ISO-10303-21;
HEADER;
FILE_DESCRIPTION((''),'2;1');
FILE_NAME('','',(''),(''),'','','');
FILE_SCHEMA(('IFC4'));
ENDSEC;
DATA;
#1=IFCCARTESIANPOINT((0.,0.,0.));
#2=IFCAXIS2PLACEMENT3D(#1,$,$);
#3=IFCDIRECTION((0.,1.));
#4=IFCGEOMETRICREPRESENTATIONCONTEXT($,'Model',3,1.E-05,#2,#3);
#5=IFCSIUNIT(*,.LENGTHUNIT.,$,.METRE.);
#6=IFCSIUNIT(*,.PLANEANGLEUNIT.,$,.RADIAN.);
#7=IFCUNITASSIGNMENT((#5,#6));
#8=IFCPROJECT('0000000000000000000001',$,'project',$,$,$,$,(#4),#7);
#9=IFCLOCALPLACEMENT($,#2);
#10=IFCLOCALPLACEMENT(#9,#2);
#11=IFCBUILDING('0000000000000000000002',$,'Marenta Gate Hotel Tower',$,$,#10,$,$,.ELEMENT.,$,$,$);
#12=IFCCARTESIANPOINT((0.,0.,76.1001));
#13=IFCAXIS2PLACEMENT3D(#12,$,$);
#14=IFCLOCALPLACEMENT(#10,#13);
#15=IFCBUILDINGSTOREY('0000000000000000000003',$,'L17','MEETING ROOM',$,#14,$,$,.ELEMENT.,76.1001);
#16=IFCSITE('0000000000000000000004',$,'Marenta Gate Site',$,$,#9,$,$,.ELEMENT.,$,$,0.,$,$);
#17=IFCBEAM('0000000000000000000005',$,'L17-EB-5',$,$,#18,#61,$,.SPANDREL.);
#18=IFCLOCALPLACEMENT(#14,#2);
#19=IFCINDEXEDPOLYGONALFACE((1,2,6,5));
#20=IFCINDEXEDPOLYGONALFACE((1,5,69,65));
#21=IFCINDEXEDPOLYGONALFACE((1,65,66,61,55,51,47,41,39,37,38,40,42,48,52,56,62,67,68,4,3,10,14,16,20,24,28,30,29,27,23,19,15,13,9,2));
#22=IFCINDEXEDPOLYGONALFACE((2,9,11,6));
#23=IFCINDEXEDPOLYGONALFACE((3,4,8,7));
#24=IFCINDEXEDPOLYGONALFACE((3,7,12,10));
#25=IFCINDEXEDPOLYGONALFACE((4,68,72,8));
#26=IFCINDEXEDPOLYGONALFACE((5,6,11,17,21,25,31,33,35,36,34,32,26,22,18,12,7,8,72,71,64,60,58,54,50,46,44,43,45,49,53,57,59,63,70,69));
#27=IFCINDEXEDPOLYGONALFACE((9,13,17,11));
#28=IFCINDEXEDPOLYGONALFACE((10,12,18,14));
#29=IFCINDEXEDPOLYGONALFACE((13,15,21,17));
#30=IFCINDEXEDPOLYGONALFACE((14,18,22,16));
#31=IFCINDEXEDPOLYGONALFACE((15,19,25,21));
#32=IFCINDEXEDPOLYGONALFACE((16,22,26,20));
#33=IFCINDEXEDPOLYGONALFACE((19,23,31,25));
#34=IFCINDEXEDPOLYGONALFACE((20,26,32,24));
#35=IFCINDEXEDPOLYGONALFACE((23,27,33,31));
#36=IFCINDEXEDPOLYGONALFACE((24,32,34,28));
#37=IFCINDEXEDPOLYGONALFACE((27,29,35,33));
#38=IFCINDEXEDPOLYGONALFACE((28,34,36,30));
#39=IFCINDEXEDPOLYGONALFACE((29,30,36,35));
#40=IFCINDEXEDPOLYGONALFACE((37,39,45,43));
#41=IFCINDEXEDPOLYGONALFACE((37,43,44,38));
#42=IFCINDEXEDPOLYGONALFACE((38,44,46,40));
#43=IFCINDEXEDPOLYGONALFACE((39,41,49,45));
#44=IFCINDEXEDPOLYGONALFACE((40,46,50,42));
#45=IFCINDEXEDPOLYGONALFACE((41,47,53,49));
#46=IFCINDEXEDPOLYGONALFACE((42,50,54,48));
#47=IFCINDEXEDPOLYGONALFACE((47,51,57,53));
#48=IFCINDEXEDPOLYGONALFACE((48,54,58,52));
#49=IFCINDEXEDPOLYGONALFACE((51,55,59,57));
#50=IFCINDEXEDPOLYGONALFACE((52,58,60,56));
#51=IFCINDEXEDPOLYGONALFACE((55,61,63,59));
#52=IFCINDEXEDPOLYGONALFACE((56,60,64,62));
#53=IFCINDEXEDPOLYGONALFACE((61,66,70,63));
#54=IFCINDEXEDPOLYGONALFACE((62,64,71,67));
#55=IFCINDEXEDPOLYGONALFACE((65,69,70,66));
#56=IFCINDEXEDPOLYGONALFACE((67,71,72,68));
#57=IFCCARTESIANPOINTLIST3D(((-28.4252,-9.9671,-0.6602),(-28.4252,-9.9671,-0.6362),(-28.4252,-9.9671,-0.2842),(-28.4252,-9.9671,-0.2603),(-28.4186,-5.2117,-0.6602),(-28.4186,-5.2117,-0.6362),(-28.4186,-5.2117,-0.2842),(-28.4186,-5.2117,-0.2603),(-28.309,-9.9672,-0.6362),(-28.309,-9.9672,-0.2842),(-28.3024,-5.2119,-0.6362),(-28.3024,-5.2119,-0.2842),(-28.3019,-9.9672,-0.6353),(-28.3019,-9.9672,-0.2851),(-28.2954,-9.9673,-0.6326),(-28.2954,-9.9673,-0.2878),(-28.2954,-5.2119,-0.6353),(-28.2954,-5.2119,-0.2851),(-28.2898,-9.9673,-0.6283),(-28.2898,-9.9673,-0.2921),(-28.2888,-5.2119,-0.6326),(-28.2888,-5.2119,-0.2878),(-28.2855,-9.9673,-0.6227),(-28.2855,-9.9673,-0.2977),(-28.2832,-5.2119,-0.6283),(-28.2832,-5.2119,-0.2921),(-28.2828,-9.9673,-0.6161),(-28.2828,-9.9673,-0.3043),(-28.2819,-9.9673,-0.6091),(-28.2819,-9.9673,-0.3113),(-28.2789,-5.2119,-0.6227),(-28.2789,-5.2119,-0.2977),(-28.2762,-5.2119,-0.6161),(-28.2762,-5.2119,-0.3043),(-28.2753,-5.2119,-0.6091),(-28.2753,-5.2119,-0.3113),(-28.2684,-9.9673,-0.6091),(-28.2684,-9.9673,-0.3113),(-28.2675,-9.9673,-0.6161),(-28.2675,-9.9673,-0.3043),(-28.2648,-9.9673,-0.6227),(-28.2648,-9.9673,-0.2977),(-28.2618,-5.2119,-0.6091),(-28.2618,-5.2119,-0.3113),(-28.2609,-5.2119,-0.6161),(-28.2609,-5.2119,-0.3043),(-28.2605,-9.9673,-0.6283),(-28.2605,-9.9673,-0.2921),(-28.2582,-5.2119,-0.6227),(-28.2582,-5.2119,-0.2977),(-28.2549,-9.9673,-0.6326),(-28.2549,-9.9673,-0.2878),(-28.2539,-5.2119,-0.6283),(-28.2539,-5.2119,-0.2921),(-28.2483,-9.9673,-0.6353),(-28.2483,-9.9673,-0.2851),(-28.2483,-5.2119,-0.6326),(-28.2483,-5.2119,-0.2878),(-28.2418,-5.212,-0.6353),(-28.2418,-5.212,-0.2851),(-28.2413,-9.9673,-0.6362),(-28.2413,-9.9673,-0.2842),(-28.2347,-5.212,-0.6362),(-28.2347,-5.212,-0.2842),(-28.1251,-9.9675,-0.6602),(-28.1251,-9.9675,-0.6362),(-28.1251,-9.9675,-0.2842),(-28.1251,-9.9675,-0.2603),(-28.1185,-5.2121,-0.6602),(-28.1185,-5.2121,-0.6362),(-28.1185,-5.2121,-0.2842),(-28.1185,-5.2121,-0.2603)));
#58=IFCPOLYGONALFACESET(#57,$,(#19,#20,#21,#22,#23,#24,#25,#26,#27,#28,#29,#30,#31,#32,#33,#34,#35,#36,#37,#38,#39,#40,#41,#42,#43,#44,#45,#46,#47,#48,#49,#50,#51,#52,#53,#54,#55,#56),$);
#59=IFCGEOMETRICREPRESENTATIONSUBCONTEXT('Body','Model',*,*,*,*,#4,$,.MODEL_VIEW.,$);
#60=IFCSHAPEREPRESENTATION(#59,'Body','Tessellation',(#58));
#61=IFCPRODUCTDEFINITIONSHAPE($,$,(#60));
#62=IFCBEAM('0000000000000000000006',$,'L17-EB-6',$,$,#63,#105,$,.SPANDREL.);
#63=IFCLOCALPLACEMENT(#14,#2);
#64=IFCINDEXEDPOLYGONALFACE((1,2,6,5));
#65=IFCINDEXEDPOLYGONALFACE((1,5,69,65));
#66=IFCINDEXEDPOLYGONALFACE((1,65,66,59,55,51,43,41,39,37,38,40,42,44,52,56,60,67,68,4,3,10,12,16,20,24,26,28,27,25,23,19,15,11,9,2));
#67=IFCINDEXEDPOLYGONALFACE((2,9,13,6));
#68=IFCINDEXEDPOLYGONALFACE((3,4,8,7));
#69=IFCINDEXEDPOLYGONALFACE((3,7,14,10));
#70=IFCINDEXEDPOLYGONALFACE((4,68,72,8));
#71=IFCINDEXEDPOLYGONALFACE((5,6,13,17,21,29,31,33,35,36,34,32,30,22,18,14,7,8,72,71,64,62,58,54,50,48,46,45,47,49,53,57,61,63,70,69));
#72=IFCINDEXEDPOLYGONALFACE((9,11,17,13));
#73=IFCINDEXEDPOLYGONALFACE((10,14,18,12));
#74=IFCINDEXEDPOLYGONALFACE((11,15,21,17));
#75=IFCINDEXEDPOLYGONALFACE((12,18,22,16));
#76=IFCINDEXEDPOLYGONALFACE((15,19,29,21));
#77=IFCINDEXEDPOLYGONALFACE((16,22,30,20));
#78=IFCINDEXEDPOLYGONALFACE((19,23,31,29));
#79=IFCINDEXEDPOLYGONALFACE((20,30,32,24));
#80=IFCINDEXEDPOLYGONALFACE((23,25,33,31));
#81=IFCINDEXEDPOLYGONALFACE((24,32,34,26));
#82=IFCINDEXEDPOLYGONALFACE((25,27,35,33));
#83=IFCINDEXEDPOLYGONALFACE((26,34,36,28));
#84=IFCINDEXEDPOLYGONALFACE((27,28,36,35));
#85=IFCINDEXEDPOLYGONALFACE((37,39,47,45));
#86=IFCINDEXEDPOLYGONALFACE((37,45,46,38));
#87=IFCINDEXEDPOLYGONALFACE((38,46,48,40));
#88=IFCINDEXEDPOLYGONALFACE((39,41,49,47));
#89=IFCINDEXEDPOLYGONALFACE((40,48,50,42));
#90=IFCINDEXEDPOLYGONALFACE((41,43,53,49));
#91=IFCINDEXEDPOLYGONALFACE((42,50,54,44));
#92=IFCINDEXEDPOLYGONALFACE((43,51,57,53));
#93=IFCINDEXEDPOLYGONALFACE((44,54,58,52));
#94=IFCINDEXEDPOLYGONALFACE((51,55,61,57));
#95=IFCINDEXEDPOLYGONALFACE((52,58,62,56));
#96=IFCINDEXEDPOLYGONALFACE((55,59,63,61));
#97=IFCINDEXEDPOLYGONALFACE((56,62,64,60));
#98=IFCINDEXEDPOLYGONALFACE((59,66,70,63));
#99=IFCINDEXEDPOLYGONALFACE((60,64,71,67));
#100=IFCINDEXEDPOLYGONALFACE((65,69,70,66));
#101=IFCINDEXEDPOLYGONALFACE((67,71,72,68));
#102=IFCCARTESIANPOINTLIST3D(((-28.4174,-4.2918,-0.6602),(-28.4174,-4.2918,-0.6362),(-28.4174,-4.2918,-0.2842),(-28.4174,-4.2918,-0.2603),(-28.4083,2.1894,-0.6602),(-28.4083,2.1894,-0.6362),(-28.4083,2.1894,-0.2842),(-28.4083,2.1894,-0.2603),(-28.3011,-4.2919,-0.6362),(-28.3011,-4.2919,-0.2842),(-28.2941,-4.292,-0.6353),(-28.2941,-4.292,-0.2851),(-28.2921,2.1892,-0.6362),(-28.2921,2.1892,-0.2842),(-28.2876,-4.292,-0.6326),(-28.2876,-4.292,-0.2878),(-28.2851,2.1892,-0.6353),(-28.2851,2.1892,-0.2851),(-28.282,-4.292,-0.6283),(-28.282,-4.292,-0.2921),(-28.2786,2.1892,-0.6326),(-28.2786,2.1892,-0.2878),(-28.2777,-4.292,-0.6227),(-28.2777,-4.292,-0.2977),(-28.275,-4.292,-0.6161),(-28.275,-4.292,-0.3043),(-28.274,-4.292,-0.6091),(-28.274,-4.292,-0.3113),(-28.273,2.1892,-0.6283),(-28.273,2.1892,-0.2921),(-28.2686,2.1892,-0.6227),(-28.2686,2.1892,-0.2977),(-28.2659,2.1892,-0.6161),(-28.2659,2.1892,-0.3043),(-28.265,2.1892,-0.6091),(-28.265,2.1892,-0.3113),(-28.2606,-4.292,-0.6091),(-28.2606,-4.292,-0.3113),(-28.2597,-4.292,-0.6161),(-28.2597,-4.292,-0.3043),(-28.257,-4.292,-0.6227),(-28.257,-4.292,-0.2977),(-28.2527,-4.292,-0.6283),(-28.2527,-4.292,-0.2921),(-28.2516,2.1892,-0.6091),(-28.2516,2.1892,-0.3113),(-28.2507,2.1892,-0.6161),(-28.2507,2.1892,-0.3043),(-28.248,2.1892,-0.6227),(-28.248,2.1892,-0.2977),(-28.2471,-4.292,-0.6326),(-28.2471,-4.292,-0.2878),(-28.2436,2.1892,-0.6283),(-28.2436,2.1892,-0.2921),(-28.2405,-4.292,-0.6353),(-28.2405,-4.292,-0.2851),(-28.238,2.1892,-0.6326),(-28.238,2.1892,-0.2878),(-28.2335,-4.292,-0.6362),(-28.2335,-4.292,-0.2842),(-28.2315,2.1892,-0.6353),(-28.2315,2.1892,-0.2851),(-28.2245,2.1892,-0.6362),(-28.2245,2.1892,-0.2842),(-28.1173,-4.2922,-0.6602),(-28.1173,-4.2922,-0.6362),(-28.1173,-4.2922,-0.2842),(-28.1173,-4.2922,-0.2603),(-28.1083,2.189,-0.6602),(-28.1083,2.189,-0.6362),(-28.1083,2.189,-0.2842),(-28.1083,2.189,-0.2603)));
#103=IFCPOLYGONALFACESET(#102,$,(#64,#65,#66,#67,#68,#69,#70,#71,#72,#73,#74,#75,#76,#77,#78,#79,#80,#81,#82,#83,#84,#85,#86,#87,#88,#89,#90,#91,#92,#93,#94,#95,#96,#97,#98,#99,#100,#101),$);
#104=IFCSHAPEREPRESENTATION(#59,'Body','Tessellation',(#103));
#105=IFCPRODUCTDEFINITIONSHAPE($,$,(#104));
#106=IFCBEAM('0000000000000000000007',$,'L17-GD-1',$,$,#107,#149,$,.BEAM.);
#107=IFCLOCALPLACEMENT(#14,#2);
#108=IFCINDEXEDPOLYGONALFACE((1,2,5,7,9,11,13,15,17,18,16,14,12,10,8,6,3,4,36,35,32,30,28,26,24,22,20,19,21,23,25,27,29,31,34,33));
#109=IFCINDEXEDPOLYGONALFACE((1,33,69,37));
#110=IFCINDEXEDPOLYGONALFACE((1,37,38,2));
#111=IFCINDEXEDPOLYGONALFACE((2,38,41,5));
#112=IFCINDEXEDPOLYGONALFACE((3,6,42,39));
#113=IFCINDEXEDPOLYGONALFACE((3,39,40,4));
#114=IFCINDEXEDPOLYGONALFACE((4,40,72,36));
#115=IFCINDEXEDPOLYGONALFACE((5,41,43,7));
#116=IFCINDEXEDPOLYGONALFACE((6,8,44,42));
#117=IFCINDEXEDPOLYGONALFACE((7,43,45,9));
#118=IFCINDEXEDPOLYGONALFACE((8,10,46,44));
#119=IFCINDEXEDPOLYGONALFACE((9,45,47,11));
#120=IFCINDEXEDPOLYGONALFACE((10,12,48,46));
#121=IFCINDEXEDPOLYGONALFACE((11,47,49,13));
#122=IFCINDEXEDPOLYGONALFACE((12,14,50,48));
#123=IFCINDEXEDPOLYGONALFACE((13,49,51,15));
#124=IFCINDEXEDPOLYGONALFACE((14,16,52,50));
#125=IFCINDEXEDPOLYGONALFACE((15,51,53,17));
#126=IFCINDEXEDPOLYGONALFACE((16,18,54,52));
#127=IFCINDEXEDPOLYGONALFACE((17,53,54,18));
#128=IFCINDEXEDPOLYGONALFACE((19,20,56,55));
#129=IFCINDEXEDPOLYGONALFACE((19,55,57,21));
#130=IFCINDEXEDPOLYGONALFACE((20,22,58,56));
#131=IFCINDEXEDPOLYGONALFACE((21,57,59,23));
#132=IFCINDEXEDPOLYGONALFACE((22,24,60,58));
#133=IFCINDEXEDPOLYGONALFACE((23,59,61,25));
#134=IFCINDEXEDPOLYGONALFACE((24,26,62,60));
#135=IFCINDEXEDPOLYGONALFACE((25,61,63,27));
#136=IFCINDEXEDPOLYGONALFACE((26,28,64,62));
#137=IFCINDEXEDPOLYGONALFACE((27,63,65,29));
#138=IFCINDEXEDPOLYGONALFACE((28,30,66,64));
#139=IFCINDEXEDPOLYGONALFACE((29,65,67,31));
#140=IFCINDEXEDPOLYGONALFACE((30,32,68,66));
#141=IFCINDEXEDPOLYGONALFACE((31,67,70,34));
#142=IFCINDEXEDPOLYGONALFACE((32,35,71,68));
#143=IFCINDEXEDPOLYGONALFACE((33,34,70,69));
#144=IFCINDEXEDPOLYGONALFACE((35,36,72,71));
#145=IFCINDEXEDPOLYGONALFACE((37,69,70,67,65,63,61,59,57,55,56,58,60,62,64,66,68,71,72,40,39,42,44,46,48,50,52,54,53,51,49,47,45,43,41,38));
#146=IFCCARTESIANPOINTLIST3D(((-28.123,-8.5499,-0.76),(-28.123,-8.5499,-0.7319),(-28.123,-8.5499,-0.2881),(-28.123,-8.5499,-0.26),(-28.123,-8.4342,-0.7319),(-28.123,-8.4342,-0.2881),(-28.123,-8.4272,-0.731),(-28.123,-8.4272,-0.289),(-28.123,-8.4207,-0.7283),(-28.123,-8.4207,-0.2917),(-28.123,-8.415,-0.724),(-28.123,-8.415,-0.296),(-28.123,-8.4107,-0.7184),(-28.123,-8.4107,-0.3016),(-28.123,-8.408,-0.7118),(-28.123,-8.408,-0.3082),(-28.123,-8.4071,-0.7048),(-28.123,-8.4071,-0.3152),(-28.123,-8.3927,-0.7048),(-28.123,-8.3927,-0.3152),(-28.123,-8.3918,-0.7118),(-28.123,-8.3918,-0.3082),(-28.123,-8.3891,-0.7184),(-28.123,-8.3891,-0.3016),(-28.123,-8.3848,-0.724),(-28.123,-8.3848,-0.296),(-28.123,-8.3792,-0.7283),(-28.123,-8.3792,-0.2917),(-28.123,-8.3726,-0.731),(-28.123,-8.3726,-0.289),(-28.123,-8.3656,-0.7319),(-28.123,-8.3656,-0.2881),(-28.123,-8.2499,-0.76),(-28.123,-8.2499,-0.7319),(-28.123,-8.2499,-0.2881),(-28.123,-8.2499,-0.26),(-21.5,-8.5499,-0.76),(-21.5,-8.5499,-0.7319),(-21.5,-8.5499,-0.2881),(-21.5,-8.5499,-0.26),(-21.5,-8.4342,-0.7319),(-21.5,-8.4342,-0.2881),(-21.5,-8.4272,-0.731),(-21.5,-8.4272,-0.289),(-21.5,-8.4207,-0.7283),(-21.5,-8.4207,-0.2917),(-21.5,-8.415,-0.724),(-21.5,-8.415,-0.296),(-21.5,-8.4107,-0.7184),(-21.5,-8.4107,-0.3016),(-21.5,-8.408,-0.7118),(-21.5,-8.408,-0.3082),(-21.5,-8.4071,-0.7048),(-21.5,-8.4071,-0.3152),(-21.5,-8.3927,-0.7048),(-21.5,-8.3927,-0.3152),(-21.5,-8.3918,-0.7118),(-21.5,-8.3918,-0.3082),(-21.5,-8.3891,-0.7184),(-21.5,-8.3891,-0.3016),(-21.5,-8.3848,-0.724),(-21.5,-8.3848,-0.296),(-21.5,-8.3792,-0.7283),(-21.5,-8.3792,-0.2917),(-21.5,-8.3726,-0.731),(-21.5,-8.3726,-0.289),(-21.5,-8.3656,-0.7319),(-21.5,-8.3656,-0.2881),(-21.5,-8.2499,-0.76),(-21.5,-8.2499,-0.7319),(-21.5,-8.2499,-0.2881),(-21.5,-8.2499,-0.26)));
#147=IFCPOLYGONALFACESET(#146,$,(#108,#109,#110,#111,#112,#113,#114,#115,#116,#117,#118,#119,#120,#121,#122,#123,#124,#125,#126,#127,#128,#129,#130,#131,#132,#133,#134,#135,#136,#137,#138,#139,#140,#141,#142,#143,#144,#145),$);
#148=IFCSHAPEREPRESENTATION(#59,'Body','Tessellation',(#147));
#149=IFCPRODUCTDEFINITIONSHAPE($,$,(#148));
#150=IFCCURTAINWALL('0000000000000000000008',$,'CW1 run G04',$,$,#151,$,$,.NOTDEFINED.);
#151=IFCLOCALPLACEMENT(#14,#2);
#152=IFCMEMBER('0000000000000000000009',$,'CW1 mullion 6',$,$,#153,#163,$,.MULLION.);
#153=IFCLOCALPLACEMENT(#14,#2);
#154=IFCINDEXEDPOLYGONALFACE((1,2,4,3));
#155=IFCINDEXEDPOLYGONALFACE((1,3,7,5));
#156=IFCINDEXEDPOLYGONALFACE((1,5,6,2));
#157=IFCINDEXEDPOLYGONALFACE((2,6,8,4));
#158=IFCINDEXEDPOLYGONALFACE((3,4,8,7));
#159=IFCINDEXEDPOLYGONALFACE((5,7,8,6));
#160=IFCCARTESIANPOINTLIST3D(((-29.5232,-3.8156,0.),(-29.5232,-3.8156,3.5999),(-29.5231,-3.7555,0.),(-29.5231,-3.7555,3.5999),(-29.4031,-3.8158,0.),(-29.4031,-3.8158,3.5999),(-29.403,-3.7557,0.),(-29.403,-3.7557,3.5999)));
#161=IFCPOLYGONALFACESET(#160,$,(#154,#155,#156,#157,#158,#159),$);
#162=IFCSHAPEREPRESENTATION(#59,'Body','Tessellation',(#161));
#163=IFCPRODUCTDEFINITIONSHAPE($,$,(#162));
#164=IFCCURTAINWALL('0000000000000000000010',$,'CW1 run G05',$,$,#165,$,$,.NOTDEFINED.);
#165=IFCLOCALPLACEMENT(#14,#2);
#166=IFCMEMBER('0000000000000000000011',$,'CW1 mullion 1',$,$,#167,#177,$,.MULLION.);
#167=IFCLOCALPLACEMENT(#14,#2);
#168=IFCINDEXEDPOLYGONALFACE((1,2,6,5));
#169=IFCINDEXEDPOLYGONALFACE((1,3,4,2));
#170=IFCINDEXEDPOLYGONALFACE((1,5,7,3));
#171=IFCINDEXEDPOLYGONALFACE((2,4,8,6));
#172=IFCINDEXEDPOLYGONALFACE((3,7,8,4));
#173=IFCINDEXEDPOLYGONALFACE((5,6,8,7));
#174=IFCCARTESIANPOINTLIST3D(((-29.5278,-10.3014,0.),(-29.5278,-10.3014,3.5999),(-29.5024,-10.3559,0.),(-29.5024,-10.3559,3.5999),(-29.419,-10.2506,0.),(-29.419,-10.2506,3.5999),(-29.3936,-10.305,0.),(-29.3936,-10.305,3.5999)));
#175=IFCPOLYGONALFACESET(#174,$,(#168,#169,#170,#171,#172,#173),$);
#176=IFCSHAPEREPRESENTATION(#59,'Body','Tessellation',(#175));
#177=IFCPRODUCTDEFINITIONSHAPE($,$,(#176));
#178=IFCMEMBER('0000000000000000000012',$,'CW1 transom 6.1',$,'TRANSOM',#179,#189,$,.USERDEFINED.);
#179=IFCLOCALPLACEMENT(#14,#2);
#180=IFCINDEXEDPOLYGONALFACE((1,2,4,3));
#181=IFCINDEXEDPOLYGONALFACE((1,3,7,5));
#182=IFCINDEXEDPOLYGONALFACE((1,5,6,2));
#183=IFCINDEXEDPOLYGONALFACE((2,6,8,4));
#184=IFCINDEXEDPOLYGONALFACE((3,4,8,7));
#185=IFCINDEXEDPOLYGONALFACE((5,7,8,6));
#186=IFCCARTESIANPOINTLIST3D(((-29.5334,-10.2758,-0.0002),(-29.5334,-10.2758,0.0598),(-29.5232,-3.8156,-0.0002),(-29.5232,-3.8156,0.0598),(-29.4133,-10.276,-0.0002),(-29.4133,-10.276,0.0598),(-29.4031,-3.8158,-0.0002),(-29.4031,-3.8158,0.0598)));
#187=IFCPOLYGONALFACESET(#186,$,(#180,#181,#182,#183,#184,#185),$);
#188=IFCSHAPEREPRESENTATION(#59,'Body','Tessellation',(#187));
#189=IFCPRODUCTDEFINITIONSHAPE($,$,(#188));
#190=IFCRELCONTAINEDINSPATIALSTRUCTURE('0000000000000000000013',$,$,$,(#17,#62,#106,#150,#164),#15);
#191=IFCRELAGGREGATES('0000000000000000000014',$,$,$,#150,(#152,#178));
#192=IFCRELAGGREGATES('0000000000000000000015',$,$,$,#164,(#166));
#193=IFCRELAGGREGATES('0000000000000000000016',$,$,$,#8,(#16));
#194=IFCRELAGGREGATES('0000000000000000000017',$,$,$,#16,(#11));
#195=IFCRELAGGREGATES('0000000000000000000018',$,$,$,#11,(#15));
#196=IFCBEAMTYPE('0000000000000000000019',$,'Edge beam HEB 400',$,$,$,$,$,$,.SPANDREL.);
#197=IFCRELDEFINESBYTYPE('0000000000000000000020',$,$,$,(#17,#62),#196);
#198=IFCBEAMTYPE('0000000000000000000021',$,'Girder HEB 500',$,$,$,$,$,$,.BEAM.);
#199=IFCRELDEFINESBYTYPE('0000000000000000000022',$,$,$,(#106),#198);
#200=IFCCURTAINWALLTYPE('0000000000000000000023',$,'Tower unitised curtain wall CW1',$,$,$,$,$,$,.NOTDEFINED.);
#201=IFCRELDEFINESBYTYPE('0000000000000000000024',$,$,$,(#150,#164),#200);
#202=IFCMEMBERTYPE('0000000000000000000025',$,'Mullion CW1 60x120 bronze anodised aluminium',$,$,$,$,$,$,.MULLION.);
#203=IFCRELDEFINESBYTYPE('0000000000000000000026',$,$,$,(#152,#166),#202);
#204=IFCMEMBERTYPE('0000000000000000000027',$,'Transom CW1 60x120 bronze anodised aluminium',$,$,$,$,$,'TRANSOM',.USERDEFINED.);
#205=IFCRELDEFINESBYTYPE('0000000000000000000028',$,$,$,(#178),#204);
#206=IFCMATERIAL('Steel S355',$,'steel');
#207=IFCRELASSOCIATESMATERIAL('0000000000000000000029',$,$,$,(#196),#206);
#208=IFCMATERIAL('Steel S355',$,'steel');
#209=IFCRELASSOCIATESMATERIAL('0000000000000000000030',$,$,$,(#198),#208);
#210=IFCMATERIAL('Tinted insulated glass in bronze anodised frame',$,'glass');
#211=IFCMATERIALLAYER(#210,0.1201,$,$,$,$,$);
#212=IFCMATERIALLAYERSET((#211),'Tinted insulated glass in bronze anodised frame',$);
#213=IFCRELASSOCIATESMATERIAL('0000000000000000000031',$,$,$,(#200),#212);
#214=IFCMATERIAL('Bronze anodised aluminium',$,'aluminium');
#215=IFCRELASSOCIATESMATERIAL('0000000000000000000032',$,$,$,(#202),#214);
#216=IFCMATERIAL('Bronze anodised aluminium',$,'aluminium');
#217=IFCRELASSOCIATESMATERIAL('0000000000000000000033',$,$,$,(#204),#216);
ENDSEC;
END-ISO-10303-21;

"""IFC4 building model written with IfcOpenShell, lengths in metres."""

from ifc_helpers import new_model, si_unit, direction, frame, origin, origin_2d, place, context, subcontext, project, spatial, rectangle, i_section, extrude, material, layer, layer_set, material_profile, profile_set, type_object, element, aggregate, save


model = new_model("IFC4")

# Units and contexts
model_context = context("Model", 3, precision=1e-05, world=origin(), true_north=direction((0.0, 1.0)))
body_context = subcontext(model_context, "Body", "Model", "MODEL_VIEW")
ifc_project = project(units=[si_unit("LENGTHUNIT", "METRE"), si_unit("PLANEANGLEUNIT", "RADIAN")], contexts=[model_context])

# Site, building, storey
site_placement = place(None, origin())
site = spatial("IfcSite", under=ifc_project, at=site_placement, Name="Marenta Gate Site", CompositionType="ELEMENT", RefElevation=0.0)
building_placement = place(site_placement, origin())
building = spatial("IfcBuilding", under=site, at=building_placement, Name="Marenta Gate Hotel Tower", CompositionType="ELEMENT")
storey_placement = place(building_placement, frame((0.0, 0.0, 76.1001)))
storey = spatial("IfcBuildingStorey", under=building, at=storey_placement, Name="L17", Description="MEETING ROOM", CompositionType="ELEMENT", Elevation=76.1001)

# Beams
ifc_material_1 = material(Name="Steel S355", Category="steel")
ifc_material_profile_1 = material_profile(ifc_material_1, i_section(OverallWidth=0.3, OverallDepth=0.3999, WebThickness=0.0134, FlangeThickness=0.0239, FilletRadius=0.0271, at=origin_2d()), Name="HEB 400")
ifc_profile_set_1 = profile_set([ifc_material_profile_1], Name="Steel S355")
beam_type_1 = type_object("IfcBeamType", Name="Edge beam HEB 400", PredefinedType="SPANDREL", material=ifc_profile_set_1)
beam_1_placement = place(storey_placement, frame((-28.2751, -9.9673, -0.4602), z_axis=(0.001386, 0.999999, 0.0), x_axis=(-0.999999, 0.001386, 0.0)))
element("IfcBeam", 1, at=beam_1_placement, inside=storey, type_object=beam_type_1, Name="L17-EB-5", PredefinedType="SPANDREL", context=body_context, shape_type="SweptSolid", body=[
    extrude(i_section(OverallWidth=0.3, OverallDepth=0.3999, WebThickness=0.0134, FlangeThickness=0.0239, FilletRadius=0.0271, at=origin_2d()), origin(), (0.0, 0.0, 1.0), 4.7554),
])
beam_2_placement = place(storey_placement, frame((-28.2673, -4.292, -0.4602), z_axis=(0.001394, 0.999999, 0.0), x_axis=(-0.999999, 0.001394, 0.0)))
element("IfcBeam", 2, at=beam_2_placement, inside=storey, type_object=beam_type_1, Name="L17-EB-6", PredefinedType="SPANDREL", context=body_context, shape_type="SweptSolid", body=[
    extrude(i_section(OverallWidth=0.3, OverallDepth=0.3999, WebThickness=0.0134, FlangeThickness=0.0239, FilletRadius=0.0271, at=origin_2d()), origin(), (0.0, 0.0, 1.0), 6.4812),
])
ifc_material_2 = material(Name="Steel S355", Category="steel")
ifc_material_profile_2 = material_profile(ifc_material_2, i_section(OverallWidth=0.3, OverallDepth=0.5, WebThickness=0.0144, FlangeThickness=0.0281, FilletRadius=0.0271, at=origin_2d()), Name="HEB 500")
ifc_profile_set_2 = profile_set([ifc_material_profile_2], Name="Steel S355")
beam_type_2 = type_object("IfcBeamType", Name="Girder HEB 500", PredefinedType="BEAM", material=ifc_profile_set_2)
beam_3_placement = place(storey_placement, frame((-28.123, -8.3999, -0.51), z_axis=(1.0, 0.0, 0.0), x_axis=(0.0, 1.0, 0.0)))
element("IfcBeam", 3, at=beam_3_placement, inside=storey, type_object=beam_type_2, Name="L17-GD-1", PredefinedType="BEAM", context=body_context, shape_type="SweptSolid", body=[
    extrude(i_section(OverallWidth=0.3, OverallDepth=0.5, WebThickness=0.0144, FlangeThickness=0.0281, FilletRadius=0.0271, at=origin_2d()), origin(), (0.0, 0.0, 1.0), 6.623),
])

# Curtain walls, members
ifc_material_3 = material(Name="Tinted insulated glass in bronze anodised frame", Category="glass")
ifc_layer_1 = layer(ifc_material_3, 0.1201)
ifc_layer_set_1 = layer_set([ifc_layer_1], Name="Tinted insulated glass in bronze anodised frame")
curtain_wall_type = type_object("IfcCurtainWallType", Name="Tower unitised curtain wall CW1", PredefinedType="NOTDEFINED", material=ifc_layer_set_1)
curtain_wall_1_placement = place(storey_placement, origin())
curtain_wall_1 = element("IfcCurtainWall", 4, at=curtain_wall_1_placement, inside=storey, type_object=curtain_wall_type, Name="CW1 run G04", PredefinedType="NOTDEFINED")
ifc_material_4 = material(Name="Bronze anodised aluminium", Category="aluminium")
ifc_material_profile_3 = material_profile(ifc_material_4, rectangle(XDim=0.1201, YDim=0.0601, at=origin_2d()), Name="Mullion CW1 60x120 bronze anodised aluminium")
ifc_profile_set_3 = profile_set([ifc_material_profile_3], Name="Bronze anodised aluminium")
member_type_1 = type_object("IfcMemberType", Name="Mullion CW1 60x120 bronze anodised aluminium", PredefinedType="MULLION", material=ifc_profile_set_3)
member_1_placement = place(storey_placement, frame((-29.4631, -3.7856, 0.0), z_axis=(0.0, 0.0, 1.0), x_axis=(0.999999, -0.001566, 0.0)))
member_1 = element("IfcMember", 5, at=member_1_placement, type_object=member_type_1, Name="CW1 mullion 6", PredefinedType="MULLION", context=body_context, shape_type="SweptSolid", body=[
    extrude(rectangle(XDim=0.1201, YDim=0.0601, at=origin_2d()), origin(), (0.0, 0.0, 1.0), 3.5999),
])
curtain_wall_2_placement = place(storey_placement, origin())
curtain_wall_2 = element("IfcCurtainWall", 6, at=curtain_wall_2_placement, inside=storey, type_object=curtain_wall_type, Name="CW1 run G05", PredefinedType="NOTDEFINED")
member_2_placement = place(storey_placement, frame((-29.4607, -10.3032, 0.0), z_axis=(0.0, 0.0, 1.0), x_axis=(0.905971, 0.42334, 0.0)))
member_2 = element("IfcMember", 7, at=member_2_placement, type_object=member_type_1, Name="CW1 mullion 1", PredefinedType="MULLION", context=body_context, shape_type="SweptSolid", body=[
    extrude(rectangle(XDim=0.1201, YDim=0.0601, at=origin_2d()), origin(), (0.0, 0.0, 1.0), 3.5999),
])

# Member
ifc_material_5 = material(Name="Bronze anodised aluminium", Category="aluminium")
ifc_material_profile_4 = material_profile(ifc_material_5, rectangle(XDim=0.1201, YDim=0.0601, at=origin_2d()), Name="Transom CW1 60x120 bronze anodised aluminium")
ifc_profile_set_4 = profile_set([ifc_material_profile_4], Name="Bronze anodised aluminium")
member_type_2 = type_object("IfcMemberType", Name="Transom CW1 60x120 bronze anodised aluminium", ElementType="TRANSOM", PredefinedType="USERDEFINED", material=ifc_profile_set_4)
member_3_placement = place(storey_placement, frame((-29.4631, -3.8157, 0.0298), z_axis=(-0.001587, -0.999999, 0.0), x_axis=(0.999999, -0.001587, 0.0)))
member_3 = element("IfcMember", 8, at=member_3_placement, type_object=member_type_2, Name="CW1 transom 6.1", ObjectType="TRANSOM", PredefinedType="USERDEFINED", context=body_context, shape_type="SweptSolid", body=[
    extrude(rectangle(XDim=0.1201, YDim=0.0601, at=origin_2d()), origin(), (0.0, 0.0, 1.0), 6.4602),
])

aggregate(curtain_wall_1, [member_1, member_3])
aggregate(curtain_wall_2, [member_2])

save(model, "model.ifc")
